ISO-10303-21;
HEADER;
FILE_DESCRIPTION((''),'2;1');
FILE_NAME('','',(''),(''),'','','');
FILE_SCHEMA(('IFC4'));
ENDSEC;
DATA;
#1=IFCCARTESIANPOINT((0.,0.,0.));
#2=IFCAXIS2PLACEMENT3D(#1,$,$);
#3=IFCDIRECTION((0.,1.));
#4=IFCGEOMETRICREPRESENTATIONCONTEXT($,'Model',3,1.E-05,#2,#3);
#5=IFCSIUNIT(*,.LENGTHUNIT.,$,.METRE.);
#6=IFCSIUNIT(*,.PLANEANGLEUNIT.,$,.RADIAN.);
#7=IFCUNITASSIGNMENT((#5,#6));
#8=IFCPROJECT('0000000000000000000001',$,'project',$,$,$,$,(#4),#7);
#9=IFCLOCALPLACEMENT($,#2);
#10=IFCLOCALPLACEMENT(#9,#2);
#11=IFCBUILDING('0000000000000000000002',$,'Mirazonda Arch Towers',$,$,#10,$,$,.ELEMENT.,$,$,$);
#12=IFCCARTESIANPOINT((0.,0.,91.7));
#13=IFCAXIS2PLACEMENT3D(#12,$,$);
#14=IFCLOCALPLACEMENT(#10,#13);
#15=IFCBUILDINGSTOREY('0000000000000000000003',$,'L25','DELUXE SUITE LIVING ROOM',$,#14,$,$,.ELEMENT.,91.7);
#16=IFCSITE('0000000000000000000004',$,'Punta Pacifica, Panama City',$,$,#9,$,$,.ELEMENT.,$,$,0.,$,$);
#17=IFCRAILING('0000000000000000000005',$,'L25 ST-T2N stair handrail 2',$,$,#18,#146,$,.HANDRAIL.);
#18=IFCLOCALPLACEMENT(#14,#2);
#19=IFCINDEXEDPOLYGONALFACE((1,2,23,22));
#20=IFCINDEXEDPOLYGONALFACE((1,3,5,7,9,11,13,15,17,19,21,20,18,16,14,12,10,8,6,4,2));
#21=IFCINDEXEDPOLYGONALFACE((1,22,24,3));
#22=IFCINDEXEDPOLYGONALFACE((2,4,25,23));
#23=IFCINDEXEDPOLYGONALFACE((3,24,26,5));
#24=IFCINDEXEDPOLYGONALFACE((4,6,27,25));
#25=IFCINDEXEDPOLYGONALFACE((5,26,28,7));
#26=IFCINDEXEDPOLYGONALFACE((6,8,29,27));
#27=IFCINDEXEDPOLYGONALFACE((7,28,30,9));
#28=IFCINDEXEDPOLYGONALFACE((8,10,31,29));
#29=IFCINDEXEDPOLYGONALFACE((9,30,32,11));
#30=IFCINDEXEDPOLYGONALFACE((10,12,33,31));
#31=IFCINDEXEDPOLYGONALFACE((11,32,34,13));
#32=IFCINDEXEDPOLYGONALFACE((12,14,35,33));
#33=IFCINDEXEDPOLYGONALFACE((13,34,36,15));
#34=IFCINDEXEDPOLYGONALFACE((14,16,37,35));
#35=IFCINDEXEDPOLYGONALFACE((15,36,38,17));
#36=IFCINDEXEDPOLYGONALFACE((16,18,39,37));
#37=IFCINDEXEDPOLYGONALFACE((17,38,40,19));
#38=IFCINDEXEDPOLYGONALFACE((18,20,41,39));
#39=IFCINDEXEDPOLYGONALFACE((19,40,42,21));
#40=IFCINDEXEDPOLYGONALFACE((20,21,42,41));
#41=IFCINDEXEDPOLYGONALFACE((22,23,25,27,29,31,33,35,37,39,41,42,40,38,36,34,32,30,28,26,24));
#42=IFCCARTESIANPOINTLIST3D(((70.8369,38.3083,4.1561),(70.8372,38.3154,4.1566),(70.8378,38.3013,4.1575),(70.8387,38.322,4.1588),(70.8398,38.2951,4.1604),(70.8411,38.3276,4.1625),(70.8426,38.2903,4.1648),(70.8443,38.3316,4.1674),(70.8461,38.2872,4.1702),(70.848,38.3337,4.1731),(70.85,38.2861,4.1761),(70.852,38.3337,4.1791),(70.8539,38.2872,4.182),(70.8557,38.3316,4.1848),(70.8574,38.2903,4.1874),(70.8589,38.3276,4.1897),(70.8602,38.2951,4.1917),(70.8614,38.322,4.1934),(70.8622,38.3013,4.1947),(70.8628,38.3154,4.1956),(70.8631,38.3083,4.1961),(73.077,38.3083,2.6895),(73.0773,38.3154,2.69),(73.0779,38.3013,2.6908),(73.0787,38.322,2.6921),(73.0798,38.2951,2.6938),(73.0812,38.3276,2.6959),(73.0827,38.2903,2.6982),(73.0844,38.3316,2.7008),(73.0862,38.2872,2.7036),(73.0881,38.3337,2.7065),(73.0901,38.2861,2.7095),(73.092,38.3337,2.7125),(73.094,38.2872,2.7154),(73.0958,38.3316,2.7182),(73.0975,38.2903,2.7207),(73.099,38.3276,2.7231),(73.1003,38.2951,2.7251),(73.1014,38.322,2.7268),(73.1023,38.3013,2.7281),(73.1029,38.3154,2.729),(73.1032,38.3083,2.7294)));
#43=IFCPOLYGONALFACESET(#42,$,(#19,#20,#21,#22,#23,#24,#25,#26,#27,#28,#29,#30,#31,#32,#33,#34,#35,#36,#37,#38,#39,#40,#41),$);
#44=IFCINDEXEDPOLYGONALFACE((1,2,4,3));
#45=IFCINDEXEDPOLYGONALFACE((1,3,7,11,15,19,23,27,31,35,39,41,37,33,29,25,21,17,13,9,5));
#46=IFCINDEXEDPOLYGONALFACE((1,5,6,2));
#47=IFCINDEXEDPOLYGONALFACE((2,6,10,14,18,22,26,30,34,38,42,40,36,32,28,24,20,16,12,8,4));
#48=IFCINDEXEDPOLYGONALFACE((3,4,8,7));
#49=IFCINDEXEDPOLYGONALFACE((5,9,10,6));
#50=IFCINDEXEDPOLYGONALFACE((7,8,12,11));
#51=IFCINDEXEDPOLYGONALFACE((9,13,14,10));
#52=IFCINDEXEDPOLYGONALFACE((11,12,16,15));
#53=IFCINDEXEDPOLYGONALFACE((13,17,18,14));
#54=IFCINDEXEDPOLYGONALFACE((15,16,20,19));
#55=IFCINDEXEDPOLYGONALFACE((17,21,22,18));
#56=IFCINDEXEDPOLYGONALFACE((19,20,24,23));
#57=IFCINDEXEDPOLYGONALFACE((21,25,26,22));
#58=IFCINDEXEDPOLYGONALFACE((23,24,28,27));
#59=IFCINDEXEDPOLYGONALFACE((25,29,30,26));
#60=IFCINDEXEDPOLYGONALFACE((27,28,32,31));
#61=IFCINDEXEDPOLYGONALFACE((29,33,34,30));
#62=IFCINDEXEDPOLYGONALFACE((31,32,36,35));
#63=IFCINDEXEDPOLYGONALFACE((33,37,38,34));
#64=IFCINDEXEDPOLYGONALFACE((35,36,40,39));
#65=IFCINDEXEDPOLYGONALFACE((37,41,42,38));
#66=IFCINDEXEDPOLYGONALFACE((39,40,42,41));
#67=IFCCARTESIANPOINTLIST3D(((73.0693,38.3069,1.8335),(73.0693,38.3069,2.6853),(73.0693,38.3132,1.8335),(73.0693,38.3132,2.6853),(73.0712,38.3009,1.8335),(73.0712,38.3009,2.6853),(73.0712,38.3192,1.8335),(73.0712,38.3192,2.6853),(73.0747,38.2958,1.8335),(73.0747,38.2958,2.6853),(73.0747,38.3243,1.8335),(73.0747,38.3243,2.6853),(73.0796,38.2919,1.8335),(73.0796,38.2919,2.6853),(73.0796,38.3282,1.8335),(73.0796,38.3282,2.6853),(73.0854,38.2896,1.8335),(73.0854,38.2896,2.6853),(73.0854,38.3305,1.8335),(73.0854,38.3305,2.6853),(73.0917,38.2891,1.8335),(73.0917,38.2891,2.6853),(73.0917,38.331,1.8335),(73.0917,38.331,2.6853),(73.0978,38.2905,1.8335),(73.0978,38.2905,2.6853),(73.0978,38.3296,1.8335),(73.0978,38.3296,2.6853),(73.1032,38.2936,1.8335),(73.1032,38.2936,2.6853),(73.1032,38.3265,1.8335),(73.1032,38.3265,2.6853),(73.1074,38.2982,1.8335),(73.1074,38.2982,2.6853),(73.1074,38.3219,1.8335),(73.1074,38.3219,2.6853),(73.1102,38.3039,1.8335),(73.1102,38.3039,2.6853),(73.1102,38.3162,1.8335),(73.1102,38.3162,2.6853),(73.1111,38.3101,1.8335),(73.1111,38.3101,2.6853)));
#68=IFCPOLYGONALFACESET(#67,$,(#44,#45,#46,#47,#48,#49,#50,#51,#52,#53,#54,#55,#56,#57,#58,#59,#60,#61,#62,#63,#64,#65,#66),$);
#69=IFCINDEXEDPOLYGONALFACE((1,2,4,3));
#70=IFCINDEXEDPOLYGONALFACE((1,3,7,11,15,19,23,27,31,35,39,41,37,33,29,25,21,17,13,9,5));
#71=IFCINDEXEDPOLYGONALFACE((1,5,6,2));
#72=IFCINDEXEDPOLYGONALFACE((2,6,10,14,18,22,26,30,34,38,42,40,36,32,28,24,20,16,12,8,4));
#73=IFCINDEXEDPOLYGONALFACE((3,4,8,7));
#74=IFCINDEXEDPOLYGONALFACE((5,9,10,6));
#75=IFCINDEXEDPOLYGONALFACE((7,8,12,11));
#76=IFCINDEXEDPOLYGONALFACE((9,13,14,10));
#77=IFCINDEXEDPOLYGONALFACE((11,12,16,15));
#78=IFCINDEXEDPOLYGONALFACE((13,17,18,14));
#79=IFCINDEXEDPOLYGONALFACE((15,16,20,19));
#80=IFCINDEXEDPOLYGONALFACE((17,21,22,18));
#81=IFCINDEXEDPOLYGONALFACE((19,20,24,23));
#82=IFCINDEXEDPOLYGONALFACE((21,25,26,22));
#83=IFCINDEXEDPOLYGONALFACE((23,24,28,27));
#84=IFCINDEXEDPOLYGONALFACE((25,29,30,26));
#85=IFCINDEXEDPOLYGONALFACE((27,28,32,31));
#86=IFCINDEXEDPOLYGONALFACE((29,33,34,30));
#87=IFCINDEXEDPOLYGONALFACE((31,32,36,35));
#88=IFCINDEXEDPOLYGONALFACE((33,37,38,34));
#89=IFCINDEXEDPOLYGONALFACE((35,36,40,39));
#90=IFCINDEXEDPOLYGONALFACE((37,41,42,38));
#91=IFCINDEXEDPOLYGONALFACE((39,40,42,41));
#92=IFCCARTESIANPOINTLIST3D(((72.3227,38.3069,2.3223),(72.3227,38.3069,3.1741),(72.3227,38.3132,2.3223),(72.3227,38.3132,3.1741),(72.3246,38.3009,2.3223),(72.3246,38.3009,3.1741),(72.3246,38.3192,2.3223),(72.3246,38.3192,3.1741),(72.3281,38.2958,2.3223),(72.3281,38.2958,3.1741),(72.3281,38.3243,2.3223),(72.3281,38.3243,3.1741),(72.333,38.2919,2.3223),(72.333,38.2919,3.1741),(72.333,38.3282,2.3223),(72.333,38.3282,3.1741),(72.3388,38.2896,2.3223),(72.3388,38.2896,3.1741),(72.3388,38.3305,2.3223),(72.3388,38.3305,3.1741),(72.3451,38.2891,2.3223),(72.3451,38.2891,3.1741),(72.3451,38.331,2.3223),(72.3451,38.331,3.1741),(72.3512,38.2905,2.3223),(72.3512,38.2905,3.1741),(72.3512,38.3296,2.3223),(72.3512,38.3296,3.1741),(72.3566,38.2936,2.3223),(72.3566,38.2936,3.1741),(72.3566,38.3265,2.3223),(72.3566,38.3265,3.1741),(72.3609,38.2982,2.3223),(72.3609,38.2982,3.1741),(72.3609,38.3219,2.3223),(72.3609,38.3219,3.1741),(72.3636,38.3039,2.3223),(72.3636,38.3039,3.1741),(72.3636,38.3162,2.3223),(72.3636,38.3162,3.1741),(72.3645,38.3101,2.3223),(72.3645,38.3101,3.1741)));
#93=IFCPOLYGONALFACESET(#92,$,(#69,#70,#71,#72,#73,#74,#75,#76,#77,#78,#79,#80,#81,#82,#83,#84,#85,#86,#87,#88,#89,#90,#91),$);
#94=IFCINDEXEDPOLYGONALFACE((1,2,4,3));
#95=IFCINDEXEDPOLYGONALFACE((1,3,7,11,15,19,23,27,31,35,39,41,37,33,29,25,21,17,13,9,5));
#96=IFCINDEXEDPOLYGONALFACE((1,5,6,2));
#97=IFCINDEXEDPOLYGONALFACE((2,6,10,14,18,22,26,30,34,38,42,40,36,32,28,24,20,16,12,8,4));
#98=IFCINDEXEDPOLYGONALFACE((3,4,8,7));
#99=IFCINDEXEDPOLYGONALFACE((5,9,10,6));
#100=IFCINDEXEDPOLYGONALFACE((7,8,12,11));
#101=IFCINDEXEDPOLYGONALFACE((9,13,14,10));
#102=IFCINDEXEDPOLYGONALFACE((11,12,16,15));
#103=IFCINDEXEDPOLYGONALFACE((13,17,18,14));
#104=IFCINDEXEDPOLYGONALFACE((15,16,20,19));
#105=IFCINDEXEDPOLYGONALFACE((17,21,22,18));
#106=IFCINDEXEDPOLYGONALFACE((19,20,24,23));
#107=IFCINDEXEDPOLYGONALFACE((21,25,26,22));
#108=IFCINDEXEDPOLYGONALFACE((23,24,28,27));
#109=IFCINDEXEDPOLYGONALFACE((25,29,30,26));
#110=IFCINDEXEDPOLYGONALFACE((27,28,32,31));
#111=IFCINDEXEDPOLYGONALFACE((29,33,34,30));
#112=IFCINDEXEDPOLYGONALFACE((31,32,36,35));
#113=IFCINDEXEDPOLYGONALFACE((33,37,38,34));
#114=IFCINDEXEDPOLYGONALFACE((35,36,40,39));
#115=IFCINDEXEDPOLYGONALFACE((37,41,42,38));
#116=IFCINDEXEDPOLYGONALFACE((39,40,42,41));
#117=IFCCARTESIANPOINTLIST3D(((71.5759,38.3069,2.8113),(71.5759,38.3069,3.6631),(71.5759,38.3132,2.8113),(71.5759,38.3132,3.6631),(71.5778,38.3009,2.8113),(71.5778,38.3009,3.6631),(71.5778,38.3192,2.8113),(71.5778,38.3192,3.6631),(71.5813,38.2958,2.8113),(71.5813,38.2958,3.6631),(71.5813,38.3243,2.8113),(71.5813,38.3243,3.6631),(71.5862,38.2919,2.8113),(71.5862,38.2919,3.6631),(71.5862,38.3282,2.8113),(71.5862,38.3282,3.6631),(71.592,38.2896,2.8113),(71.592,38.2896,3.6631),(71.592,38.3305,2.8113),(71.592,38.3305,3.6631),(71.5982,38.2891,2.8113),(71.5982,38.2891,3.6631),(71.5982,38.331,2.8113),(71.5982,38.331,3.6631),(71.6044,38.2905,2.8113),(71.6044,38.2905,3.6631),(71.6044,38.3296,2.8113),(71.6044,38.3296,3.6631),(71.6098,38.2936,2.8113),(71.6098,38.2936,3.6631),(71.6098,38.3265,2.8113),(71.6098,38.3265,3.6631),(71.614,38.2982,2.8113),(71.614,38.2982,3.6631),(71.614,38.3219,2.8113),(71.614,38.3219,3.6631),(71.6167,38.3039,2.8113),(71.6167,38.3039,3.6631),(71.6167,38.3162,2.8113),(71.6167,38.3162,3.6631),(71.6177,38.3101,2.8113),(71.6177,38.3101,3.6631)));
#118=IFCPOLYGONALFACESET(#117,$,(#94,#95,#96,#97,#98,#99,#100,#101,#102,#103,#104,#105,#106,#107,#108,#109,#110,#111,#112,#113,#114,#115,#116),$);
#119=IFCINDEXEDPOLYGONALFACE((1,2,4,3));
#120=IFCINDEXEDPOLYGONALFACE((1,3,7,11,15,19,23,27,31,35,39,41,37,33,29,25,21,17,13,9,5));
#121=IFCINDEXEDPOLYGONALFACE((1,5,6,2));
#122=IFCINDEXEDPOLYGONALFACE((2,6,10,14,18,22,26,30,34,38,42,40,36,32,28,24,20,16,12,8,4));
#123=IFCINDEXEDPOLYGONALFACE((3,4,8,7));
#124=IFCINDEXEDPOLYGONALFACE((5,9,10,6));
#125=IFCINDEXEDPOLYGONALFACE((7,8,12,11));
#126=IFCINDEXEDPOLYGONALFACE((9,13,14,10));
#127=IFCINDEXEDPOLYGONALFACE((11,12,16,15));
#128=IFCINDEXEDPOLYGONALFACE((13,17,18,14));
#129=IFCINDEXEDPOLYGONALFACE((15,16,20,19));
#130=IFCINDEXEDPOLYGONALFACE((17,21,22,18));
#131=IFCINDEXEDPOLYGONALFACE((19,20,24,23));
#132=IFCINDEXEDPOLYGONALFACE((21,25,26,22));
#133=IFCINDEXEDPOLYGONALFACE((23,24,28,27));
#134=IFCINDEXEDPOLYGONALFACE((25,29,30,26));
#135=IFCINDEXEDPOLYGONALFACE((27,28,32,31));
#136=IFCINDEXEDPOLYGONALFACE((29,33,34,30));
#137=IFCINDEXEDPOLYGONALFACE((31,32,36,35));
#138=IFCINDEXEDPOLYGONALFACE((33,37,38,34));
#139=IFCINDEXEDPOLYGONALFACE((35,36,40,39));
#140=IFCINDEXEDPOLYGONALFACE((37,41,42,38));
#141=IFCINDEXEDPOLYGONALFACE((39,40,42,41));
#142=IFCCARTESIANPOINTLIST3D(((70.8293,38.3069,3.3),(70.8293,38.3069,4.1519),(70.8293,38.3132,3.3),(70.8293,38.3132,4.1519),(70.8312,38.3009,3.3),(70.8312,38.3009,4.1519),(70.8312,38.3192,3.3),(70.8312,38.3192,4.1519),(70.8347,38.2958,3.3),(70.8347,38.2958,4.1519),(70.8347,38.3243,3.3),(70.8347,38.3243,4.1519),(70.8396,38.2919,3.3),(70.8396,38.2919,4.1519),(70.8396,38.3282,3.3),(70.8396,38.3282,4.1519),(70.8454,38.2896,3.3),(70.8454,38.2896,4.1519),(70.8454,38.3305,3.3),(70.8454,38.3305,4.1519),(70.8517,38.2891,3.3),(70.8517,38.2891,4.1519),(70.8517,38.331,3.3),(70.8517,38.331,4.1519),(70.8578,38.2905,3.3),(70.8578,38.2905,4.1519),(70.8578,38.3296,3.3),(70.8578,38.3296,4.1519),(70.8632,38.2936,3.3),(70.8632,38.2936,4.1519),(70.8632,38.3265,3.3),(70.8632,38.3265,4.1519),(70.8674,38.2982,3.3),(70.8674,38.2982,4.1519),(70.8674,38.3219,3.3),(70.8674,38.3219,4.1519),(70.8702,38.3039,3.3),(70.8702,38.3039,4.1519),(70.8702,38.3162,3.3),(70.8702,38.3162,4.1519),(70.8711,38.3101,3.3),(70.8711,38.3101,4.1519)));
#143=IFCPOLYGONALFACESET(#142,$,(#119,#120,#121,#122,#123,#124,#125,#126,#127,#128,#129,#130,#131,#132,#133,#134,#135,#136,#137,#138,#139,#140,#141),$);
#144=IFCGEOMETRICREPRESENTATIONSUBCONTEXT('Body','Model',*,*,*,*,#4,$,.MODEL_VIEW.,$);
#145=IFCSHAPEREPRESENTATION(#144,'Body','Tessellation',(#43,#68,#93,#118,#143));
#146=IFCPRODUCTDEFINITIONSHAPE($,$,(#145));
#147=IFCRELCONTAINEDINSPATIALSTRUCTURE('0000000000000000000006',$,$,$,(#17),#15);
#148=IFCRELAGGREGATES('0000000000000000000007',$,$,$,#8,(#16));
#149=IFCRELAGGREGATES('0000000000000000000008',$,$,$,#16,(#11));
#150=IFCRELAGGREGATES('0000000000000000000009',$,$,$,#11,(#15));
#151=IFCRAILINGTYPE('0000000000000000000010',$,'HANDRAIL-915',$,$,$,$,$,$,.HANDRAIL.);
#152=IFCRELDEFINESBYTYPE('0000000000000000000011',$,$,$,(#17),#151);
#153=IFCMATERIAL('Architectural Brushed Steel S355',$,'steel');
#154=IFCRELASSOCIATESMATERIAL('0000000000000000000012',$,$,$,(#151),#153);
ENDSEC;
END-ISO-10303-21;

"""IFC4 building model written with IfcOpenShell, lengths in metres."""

from ifc_helpers import new_model, si_unit, direction, frame, origin, origin_2d, place, context, subcontext, project, spatial, circle, extrude, material, type_object, element, save


model = new_model("IFC4")

# Units and contexts
model_context = context("Model", 3, precision=1e-05, world=origin(), true_north=direction((0.0, 1.0)))
body_context = subcontext(model_context, "Body", "Model", "MODEL_VIEW")
ifc_project = project(units=[si_unit("LENGTHUNIT", "METRE"), si_unit("PLANEANGLEUNIT", "RADIAN")], contexts=[model_context])

# Site, building, storey
site_placement = place(None, origin())
site = spatial("IfcSite", under=ifc_project, at=site_placement, Name="Punta Pacifica, Panama City", CompositionType="ELEMENT", RefElevation=0.0)
building_placement = place(site_placement, origin())
building = spatial("IfcBuilding", under=site, at=building_placement, Name="Mirazonda Arch Towers", CompositionType="ELEMENT")
storey_placement = place(building_placement, frame((0.0, 0.0, 91.7)))
storey = spatial("IfcBuildingStorey", under=building, at=storey_placement, Name="L25", Description="DELUXE SUITE LIVING ROOM", CompositionType="ELEMENT", Elevation=91.7)

# Railing
ifc_material_1 = material(Name="Architectural Brushed Steel S355", Category="steel")
railing_type_1 = type_object("IfcRailingType", Name="HANDRAIL-915", PredefinedType="HANDRAIL", material=ifc_material_1)
railing_1_placement = place(storey_placement, frame((73.0901, 38.3101, 1.8335)))
element("IfcRailing", 1, at=railing_1_placement, inside=storey, type_object=railing_type_1, Name="L25 ST-T2N stair handrail 2", PredefinedType="HANDRAIL", context=body_context, shape_type="SweptSolid", body=[
    extrude(circle(Radius=0.0239, at=origin_2d()), frame((0.0, 0.0, 0.876), z_axis=(-0.836637, 0.0, 0.547758), x_axis=(0.0, -1.0, 0.0)), (0.0, 0.0, 1.0), 2.6775),
    extrude(circle(Radius=0.021, at=origin_2d()), origin(), (0.0, 0.0, 1.0), 0.8518),
    extrude(circle(Radius=0.021, at=origin_2d()), frame((-0.7466, 0.0, 0.4888)), (0.0, 0.0, 1.0), 0.8518),
    extrude(circle(Radius=0.021, at=origin_2d()), frame((-1.4934, 0.0, 0.9778)), (0.0, 0.0, 1.0), 0.8518),
    extrude(circle(Radius=0.021, at=origin_2d()), frame((-2.24, 0.0, 1.4666)), (0.0, 0.0, 1.0), 0.8518),
])

save(model, "model.ifc")
